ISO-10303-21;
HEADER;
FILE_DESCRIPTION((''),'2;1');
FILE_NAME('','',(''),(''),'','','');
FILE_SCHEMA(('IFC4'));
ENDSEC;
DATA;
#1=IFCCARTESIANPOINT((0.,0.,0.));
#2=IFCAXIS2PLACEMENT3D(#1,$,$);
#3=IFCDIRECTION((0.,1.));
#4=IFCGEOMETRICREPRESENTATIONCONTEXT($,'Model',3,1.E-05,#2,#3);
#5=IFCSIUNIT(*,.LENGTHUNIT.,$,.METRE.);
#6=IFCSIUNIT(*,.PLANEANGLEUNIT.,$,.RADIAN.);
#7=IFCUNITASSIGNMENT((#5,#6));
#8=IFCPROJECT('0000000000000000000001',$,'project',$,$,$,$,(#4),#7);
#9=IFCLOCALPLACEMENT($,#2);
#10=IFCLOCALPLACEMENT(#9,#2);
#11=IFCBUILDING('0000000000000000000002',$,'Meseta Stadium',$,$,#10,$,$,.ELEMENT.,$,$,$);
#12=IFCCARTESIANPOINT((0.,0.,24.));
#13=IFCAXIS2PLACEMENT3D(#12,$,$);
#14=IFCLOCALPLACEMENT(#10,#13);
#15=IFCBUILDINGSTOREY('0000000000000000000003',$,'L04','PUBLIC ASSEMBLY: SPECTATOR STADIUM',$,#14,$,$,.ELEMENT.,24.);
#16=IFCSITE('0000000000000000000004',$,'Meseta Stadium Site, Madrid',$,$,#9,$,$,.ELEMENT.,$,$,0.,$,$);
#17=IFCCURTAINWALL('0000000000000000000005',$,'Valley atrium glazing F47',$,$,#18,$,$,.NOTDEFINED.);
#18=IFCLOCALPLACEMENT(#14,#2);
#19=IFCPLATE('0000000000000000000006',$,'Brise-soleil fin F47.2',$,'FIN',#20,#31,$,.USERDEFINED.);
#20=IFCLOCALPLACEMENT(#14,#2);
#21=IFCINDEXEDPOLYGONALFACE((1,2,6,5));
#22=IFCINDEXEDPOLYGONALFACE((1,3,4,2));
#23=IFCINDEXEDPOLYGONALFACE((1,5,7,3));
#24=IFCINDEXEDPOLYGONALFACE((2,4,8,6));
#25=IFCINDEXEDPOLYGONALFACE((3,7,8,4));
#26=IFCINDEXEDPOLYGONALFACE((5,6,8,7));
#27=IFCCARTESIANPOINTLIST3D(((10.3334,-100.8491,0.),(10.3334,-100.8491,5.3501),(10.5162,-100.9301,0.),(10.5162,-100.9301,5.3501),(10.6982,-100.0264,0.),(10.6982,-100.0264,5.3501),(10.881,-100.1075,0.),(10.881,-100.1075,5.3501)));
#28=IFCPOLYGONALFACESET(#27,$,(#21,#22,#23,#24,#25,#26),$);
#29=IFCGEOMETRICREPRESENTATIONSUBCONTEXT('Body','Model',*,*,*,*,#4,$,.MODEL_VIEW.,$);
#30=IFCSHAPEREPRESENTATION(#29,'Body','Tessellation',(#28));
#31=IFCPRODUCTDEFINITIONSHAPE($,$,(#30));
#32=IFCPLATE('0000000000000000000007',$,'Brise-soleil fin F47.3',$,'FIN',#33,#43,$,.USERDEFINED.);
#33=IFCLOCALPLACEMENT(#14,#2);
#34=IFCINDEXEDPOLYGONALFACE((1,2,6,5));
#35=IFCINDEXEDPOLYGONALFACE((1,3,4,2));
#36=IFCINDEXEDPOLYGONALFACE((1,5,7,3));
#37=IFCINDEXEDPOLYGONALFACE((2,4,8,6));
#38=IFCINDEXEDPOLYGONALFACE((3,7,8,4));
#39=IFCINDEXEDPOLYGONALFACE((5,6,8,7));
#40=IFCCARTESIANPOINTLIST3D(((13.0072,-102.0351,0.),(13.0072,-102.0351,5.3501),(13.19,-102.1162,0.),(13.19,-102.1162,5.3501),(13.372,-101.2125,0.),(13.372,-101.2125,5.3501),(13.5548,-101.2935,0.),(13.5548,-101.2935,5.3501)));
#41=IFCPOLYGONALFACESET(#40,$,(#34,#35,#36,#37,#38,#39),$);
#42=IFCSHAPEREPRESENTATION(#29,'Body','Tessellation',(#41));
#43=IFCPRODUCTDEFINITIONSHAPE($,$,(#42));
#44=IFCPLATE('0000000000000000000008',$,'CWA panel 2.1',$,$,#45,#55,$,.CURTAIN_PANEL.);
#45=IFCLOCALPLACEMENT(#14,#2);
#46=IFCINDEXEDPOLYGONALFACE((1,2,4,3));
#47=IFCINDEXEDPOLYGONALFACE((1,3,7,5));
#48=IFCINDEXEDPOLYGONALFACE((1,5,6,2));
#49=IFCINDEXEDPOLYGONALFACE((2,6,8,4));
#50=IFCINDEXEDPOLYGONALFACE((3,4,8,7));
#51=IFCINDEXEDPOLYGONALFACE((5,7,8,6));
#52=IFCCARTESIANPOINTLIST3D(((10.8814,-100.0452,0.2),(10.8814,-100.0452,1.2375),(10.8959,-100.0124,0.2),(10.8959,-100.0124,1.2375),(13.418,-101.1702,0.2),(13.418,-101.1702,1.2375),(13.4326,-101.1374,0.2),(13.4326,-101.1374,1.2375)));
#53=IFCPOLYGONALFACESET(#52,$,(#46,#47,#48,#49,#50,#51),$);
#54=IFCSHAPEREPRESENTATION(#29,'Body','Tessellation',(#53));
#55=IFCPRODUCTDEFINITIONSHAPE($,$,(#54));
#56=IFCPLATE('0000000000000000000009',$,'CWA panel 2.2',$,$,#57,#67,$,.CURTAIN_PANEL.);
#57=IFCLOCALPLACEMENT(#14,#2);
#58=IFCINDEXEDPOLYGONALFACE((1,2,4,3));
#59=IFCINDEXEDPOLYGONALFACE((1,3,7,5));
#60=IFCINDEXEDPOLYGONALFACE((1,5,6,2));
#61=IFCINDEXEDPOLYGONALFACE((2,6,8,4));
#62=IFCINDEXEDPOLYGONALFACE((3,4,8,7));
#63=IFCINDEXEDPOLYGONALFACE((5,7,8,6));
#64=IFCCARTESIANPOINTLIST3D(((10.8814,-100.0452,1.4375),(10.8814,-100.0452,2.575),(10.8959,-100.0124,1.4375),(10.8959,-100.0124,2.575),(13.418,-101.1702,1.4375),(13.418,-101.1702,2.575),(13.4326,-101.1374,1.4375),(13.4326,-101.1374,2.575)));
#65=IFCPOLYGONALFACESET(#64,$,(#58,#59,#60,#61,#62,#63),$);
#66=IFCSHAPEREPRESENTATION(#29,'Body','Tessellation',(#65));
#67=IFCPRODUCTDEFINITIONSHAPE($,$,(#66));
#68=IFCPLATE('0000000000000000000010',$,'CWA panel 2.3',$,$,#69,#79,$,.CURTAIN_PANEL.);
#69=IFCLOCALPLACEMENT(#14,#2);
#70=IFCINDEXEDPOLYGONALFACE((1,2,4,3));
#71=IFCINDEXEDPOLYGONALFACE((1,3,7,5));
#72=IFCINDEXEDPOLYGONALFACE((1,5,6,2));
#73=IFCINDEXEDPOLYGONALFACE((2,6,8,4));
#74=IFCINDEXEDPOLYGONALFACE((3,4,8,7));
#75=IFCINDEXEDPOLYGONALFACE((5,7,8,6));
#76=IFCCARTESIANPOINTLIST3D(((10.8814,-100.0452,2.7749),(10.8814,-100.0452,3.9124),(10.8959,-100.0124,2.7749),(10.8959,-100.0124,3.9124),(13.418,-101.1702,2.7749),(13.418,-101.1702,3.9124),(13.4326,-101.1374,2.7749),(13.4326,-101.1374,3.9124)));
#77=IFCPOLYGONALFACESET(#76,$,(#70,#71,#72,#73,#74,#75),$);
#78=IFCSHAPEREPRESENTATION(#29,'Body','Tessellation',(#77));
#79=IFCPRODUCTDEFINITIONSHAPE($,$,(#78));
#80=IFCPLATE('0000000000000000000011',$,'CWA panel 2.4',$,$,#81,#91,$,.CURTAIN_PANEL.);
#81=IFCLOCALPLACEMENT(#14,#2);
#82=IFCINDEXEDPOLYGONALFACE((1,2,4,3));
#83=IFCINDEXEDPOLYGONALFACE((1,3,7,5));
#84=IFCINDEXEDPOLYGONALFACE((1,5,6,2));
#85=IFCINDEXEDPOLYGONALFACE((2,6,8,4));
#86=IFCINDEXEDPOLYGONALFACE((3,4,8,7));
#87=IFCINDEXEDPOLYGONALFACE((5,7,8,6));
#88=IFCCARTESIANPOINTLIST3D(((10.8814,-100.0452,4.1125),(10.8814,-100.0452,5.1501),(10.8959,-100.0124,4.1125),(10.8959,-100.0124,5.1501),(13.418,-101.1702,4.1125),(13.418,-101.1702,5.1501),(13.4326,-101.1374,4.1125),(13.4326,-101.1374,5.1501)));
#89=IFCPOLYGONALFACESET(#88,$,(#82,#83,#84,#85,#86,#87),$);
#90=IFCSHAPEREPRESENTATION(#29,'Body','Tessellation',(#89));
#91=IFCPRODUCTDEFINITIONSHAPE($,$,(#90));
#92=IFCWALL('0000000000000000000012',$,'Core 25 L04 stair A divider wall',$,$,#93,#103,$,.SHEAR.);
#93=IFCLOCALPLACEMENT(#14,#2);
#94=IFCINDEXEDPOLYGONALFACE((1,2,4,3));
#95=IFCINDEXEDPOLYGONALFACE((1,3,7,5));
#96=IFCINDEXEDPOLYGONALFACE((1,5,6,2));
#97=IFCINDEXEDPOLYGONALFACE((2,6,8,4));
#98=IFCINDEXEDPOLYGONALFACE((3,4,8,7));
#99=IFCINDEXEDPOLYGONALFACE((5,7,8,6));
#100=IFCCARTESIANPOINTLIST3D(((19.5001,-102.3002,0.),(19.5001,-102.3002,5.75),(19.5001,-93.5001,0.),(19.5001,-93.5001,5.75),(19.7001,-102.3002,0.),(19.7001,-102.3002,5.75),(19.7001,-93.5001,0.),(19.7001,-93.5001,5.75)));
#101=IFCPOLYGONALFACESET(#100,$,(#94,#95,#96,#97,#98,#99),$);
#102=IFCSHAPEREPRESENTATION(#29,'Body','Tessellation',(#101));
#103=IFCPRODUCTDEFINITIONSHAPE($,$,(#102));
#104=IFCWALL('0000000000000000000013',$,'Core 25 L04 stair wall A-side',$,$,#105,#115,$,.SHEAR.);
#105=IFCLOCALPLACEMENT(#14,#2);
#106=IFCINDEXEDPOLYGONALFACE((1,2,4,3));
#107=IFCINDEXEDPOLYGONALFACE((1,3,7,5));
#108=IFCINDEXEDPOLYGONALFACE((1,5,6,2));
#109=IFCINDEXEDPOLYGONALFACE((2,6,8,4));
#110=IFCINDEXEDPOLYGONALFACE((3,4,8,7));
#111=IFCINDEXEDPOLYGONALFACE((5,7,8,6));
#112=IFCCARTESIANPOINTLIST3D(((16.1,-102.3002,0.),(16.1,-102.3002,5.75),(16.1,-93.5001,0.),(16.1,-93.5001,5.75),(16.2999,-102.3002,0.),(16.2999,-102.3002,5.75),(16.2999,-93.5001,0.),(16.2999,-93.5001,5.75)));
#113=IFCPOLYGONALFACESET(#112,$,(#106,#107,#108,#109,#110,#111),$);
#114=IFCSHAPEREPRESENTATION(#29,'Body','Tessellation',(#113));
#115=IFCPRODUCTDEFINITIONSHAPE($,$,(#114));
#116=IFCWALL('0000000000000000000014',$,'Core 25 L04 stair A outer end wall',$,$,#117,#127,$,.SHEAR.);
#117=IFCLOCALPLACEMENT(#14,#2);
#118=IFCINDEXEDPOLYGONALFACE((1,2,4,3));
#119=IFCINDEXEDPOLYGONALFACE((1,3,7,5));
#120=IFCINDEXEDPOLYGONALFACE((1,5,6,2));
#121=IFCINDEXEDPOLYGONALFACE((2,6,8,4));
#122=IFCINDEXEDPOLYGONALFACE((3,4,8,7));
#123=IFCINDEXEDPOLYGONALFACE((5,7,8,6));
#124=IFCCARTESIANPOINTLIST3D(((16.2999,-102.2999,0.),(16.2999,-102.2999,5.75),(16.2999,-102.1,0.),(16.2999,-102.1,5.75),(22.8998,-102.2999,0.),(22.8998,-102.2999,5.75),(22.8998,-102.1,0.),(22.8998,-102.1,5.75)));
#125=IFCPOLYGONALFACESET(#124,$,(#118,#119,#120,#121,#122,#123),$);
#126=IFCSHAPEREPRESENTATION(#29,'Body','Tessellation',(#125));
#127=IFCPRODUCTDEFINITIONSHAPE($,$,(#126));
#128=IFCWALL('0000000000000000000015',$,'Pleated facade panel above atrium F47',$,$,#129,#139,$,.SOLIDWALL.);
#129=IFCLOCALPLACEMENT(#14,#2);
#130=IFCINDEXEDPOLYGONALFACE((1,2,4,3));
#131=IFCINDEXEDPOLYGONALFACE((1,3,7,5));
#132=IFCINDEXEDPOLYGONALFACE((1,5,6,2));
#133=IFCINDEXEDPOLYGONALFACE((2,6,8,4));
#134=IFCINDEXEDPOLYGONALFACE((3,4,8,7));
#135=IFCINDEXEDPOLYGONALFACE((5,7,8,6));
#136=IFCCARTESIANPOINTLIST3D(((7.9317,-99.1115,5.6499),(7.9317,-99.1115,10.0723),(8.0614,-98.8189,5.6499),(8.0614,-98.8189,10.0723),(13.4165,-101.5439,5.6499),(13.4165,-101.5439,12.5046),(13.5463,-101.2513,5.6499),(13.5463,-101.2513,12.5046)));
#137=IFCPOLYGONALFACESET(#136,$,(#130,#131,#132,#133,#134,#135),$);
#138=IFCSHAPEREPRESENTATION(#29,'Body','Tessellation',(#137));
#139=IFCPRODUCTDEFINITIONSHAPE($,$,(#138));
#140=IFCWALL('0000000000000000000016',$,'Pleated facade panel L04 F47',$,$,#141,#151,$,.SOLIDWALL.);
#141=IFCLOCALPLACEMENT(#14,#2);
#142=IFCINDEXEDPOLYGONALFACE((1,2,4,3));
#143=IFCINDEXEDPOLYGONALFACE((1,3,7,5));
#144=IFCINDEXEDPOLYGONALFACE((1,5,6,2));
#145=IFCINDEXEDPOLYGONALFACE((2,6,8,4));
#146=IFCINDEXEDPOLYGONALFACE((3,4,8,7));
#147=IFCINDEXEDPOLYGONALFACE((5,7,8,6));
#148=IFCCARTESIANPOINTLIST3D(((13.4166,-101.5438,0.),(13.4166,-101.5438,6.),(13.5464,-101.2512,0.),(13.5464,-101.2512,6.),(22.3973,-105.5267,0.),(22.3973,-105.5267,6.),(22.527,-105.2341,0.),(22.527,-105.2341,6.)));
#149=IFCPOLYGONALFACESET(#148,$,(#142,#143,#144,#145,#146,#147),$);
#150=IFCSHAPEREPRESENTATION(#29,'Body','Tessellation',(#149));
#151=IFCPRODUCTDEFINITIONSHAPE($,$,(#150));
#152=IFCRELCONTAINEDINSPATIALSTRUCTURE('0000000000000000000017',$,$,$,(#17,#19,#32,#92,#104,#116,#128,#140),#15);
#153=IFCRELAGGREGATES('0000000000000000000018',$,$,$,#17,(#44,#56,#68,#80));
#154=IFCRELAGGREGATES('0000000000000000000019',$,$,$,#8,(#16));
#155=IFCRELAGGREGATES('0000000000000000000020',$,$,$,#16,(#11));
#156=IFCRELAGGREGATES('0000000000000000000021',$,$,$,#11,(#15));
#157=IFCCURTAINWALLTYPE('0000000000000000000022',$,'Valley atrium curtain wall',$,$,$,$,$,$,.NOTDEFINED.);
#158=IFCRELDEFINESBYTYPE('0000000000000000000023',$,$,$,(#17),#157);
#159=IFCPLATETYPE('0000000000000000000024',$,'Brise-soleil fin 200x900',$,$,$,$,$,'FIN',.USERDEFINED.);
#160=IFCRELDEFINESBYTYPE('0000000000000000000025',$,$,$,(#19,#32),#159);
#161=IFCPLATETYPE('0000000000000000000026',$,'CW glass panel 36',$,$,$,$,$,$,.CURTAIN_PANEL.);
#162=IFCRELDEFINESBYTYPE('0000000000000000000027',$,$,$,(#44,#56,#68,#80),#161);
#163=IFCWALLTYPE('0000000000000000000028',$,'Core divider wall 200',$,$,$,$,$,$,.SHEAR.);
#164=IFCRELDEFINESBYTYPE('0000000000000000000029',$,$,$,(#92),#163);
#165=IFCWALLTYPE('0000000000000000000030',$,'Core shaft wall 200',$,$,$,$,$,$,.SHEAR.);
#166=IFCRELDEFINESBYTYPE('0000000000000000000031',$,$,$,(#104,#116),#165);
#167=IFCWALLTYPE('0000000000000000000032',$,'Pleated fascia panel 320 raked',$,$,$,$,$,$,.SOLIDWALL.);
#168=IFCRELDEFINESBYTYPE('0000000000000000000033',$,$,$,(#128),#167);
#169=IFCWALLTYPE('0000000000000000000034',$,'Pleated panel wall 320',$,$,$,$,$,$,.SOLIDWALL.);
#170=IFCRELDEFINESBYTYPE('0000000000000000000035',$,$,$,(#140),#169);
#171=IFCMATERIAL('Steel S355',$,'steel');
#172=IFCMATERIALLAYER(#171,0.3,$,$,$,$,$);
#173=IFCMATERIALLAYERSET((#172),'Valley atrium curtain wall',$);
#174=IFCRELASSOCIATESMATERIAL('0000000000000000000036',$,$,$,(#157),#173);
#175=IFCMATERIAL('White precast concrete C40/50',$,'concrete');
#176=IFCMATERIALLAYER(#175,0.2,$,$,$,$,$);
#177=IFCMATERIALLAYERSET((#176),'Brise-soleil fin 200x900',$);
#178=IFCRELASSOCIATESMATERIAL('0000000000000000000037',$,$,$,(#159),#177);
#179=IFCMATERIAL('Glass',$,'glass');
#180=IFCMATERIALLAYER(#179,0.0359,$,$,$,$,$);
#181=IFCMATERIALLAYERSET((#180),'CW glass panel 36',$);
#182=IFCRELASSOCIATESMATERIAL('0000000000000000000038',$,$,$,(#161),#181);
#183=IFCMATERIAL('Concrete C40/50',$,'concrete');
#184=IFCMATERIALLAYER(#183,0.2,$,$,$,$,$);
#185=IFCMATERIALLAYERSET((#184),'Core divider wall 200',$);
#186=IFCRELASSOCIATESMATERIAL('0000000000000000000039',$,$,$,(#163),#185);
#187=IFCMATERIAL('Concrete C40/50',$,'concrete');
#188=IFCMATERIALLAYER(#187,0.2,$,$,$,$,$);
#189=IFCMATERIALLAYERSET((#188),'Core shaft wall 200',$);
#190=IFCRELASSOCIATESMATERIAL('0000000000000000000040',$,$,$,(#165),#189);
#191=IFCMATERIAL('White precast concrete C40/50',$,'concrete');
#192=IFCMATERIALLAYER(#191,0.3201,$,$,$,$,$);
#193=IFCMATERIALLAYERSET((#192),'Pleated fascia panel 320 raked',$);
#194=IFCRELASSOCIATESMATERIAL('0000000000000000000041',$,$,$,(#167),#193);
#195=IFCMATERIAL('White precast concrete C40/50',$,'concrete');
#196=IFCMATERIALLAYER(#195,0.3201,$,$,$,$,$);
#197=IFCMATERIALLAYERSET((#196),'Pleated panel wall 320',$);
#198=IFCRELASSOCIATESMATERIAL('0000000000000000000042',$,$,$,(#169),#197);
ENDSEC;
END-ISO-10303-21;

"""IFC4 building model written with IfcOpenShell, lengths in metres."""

from ifc_helpers import new_model, si_unit, direction, frame, frame_2d, origin, origin_2d, place, context, subcontext, project, spatial, polyline, rectangle, outline, extrude, material, layer, layer_set, type_object, element, aggregate, save


model = new_model("IFC4")

# Units and contexts
model_context = context("Model", 3, precision=1e-05, world=origin(), true_north=direction((0.0, 1.0)))
body_context = subcontext(model_context, "Body", "Model", "MODEL_VIEW")
ifc_project = project(units=[si_unit("LENGTHUNIT", "METRE"), si_unit("PLANEANGLEUNIT", "RADIAN")], contexts=[model_context])

# Site, building, storey
site_placement = place(None, origin())
site = spatial("IfcSite", under=ifc_project, at=site_placement, Name="Meseta Stadium Site, Madrid", CompositionType="ELEMENT", RefElevation=0.0)
building_placement = place(site_placement, origin())
building = spatial("IfcBuilding", under=site, at=building_placement, Name="Meseta Stadium", CompositionType="ELEMENT")
storey_placement = place(building_placement, frame((0.0, 0.0, 24.0)))
storey = spatial("IfcBuildingStorey", under=building, at=storey_placement, Name="L04", Description="PUBLIC ASSEMBLY: SPECTATOR STADIUM", CompositionType="ELEMENT", Elevation=24.0)

# Curtain wall
ifc_material_1 = material(Name="Steel S355", Category="steel")
ifc_layer_1 = layer(ifc_material_1, 0.3)
ifc_layer_set_1 = layer_set([ifc_layer_1], Name="Valley atrium curtain wall")
curtain_wall_type_1 = type_object("IfcCurtainWallType", Name="Valley atrium curtain wall", PredefinedType="NOTDEFINED", material=ifc_layer_set_1)
curtain_wall_1_placement = place(storey_placement, origin())
curtain_wall_1 = element("IfcCurtainWall", 1, at=curtain_wall_1_placement, inside=storey, type_object=curtain_wall_type_1, Name="Valley atrium glazing F47", PredefinedType="NOTDEFINED")

# Plates
ifc_material_2 = material(Name="White precast concrete C40/50", Category="concrete")
ifc_layer_2 = layer(ifc_material_2, 0.2)
ifc_layer_set_2 = layer_set([ifc_layer_2], Name="Brise-soleil fin 200x900")
plate_type_1 = type_object("IfcPlateType", Name="Brise-soleil fin 200x900", ElementType="FIN", PredefinedType="USERDEFINED", material=ifc_layer_set_2)
for number, where, z_axis, x_axis, name in (
    (2, (10.6072, -100.4783, 0.0), (0.0, 0.0, 1.0), (0.914139, -0.405401, 0.0), "Brise-soleil fin F47.2"),
    (3, (13.281, -101.6643, 0.0), (0.0, 0.0, 1.0), (0.914139, -0.405401, 0.0), "Brise-soleil fin F47.3"),
):
    element("IfcPlate", number, at=place(storey_placement, frame(where, z_axis=z_axis, x_axis=x_axis)), inside=storey, type_object=plate_type_1, Name=name, ObjectType="FIN", PredefinedType="USERDEFINED", context=body_context, shape_type="SweptSolid", body=[
        extrude(rectangle(XDim=0.2, YDim=0.8999, at=origin_2d()), origin(), (0.0, 0.0, 1.0), 5.3501),
    ])

# Plates
ifc_material_3 = material(Name="Glass", Category="glass")
ifc_layer_3 = layer(ifc_material_3, 0.0359)
ifc_layer_set_3 = layer_set([ifc_layer_3], Name="CW glass panel 36")
plate_type_2 = type_object("IfcPlateType", Name="CW glass panel 36", PredefinedType="CURTAIN_PANEL", material=ifc_layer_set_3)
plate_1_placement = place(storey_placement, frame((12.157, -100.5913, 0.2), z_axis=(0.0, 0.0, 1.0), x_axis=(0.914139, -0.405401, 0.0)))
plate_1 = element("IfcPlate", 4, at=plate_1_placement, type_object=plate_type_2, Name="CWA panel 2.1", PredefinedType="CURTAIN_PANEL", context=body_context, shape_type="SweptSolid", body=[
    extrude(rectangle(XDim=2.7749, YDim=0.0359, at=origin_2d()), origin(), (0.0, 0.0, 1.0), 1.0376),
])
plate_2_placement = place(storey_placement, frame((12.157, -100.5913, 1.4375), z_axis=(0.0, 0.0, 1.0), x_axis=(0.914139, -0.405401, 0.0)))
plate_2 = element("IfcPlate", 5, at=plate_2_placement, type_object=plate_type_2, Name="CWA panel 2.2", PredefinedType="CURTAIN_PANEL", context=body_context, shape_type="SweptSolid", body=[
    extrude(rectangle(XDim=2.7749, YDim=0.0359, at=origin_2d()), origin(), (0.0, 0.0, 1.0), 1.1375),
])
plate_3_placement = place(storey_placement, frame((12.157, -100.5913, 2.7749), z_axis=(0.0, 0.0, 1.0), x_axis=(0.914139, -0.405401, 0.0)))
plate_3 = element("IfcPlate", 6, at=plate_3_placement, type_object=plate_type_2, Name="CWA panel 2.3", PredefinedType="CURTAIN_PANEL", context=body_context, shape_type="SweptSolid", body=[
    extrude(rectangle(XDim=2.7749, YDim=0.0359, at=origin_2d()), origin(), (0.0, 0.0, 1.0), 1.1375),
])
plate_4_placement = place(storey_placement, frame((12.157, -100.5913, 4.1125), z_axis=(0.0, 0.0, 1.0), x_axis=(0.914139, -0.405401, 0.0)))
plate_4 = element("IfcPlate", 7, at=plate_4_placement, type_object=plate_type_2, Name="CWA panel 2.4", PredefinedType="CURTAIN_PANEL", context=body_context, shape_type="SweptSolid", body=[
    extrude(rectangle(XDim=2.7749, YDim=0.0359, at=origin_2d()), origin(), (0.0, 0.0, 1.0), 1.0376),
])
aggregate(curtain_wall_1, [plate_1, plate_2, plate_3, plate_4])

# Walls
ifc_material_4 = material(Name="Concrete C40/50", Category="concrete")
ifc_layer_4 = layer(ifc_material_4, 0.2)
ifc_layer_set_4 = layer_set([ifc_layer_4], Name="Core divider wall 200")
wall_type_1 = type_object("IfcWallType", Name="Core divider wall 200", PredefinedType="SHEAR", material=ifc_layer_set_4)
wall_1_placement = place(storey_placement, frame((19.6001, -102.3, 0.0), z_axis=(0.0, 0.0, 1.0), x_axis=(0.0, 1.0, 0.0)))
element("IfcWall", 8, at=wall_1_placement, inside=storey, type_object=wall_type_1, Name="Core 25 L04 stair A divider wall", PredefinedType="SHEAR", context=body_context, shape_type="SweptSolid", body=[
    extrude(rectangle(XDim=8.8, YDim=0.2, at=frame_2d((4.3999, 0.0))), origin(), (0.0, 0.0, 1.0), 5.75),
])
ifc_material_5 = material(Name="Concrete C40/50", Category="concrete")
ifc_layer_5 = layer(ifc_material_5, 0.2)
ifc_layer_set_5 = layer_set([ifc_layer_5], Name="Core shaft wall 200")
wall_type_2 = type_object("IfcWallType", Name="Core shaft wall 200", PredefinedType="SHEAR", material=ifc_layer_set_5)
wall_2_placement = place(storey_placement, frame((16.2, -102.3, 0.0), z_axis=(0.0, 0.0, 1.0), x_axis=(0.0, 1.0, 0.0)))
element("IfcWall", 9, at=wall_2_placement, inside=storey, type_object=wall_type_2, Name="Core 25 L04 stair wall A-side", PredefinedType="SHEAR", context=body_context, shape_type="SweptSolid", body=[
    extrude(rectangle(XDim=8.8, YDim=0.2, at=frame_2d((4.3999, 0.0))), origin(), (0.0, 0.0, 1.0), 5.75),
])
wall_3_placement = place(storey_placement, frame((16.3, -102.2, 0.0), z_axis=(0.0, 0.0, 1.0), x_axis=(1.0, 0.0, 0.0)))
element("IfcWall", 10, at=wall_3_placement, inside=storey, type_object=wall_type_2, Name="Core 25 L04 stair A outer end wall", PredefinedType="SHEAR", context=body_context, shape_type="SweptSolid", body=[
    extrude(rectangle(XDim=6.5999, YDim=0.2, at=frame_2d((3.2998, 0.0))), origin(), (0.0, 0.0, 1.0), 5.75),
])
ifc_material_6 = material(Name="White precast concrete C40/50", Category="concrete")
ifc_layer_6 = layer(ifc_material_6, 0.3201)
ifc_layer_set_6 = layer_set([ifc_layer_6], Name="Pleated fascia panel 320 raked")
wall_type_3 = type_object("IfcWallType", Name="Pleated fascia panel 320 raked", PredefinedType="SOLIDWALL", material=ifc_layer_set_6)
wall_4_placement = place(storey_placement, frame((13.4814, -101.3975, 5.6499), z_axis=(0.0, 0.0, 1.0), x_axis=(-0.914142, 0.405395, 0.0)))
element("IfcWall", 11, at=wall_4_placement, inside=storey, type_object=wall_type_3, Name="Pleated facade panel above atrium F47", PredefinedType="SOLIDWALL", context=body_context, shape_type="SweptSolid", body=[
    extrude(outline(polyline([(0.0, 0.0), (6.0, 0.0), (6.0, 4.4224), (0.0, 6.8547), (0.0, 0.0)])), frame((0.0, 0.1602, 0.0), z_axis=(0.0, -1.0, 0.0), x_axis=(1.0, 0.0, 0.0)), (0.0, 0.0, 1.0), 0.3201),
])
ifc_material_7 = material(Name="White precast concrete C40/50", Category="concrete")
ifc_layer_7 = layer(ifc_material_7, 0.3201)
ifc_layer_set_7 = layer_set([ifc_layer_7], Name="Pleated panel wall 320")
wall_type_4 = type_object("IfcWallType", Name="Pleated panel wall 320", PredefinedType="SOLIDWALL", material=ifc_layer_set_7)
wall_5_placement = place(storey_placement, frame((22.4622, -105.3804, 0.0), z_axis=(0.0, 0.0, 1.0), x_axis=(-0.914133, 0.405414, 0.0)))
element("IfcWall", 12, at=wall_5_placement, inside=storey, type_object=wall_type_4, Name="Pleated facade panel L04 F47", PredefinedType="SOLIDWALL", context=body_context, shape_type="SweptSolid", body=[
    extrude(rectangle(XDim=9.8242, YDim=0.3201, at=frame_2d((4.9121, 0.0))), origin(), (0.0, 0.0, 1.0), 6.0),
])

save(model, "model.ifc")
